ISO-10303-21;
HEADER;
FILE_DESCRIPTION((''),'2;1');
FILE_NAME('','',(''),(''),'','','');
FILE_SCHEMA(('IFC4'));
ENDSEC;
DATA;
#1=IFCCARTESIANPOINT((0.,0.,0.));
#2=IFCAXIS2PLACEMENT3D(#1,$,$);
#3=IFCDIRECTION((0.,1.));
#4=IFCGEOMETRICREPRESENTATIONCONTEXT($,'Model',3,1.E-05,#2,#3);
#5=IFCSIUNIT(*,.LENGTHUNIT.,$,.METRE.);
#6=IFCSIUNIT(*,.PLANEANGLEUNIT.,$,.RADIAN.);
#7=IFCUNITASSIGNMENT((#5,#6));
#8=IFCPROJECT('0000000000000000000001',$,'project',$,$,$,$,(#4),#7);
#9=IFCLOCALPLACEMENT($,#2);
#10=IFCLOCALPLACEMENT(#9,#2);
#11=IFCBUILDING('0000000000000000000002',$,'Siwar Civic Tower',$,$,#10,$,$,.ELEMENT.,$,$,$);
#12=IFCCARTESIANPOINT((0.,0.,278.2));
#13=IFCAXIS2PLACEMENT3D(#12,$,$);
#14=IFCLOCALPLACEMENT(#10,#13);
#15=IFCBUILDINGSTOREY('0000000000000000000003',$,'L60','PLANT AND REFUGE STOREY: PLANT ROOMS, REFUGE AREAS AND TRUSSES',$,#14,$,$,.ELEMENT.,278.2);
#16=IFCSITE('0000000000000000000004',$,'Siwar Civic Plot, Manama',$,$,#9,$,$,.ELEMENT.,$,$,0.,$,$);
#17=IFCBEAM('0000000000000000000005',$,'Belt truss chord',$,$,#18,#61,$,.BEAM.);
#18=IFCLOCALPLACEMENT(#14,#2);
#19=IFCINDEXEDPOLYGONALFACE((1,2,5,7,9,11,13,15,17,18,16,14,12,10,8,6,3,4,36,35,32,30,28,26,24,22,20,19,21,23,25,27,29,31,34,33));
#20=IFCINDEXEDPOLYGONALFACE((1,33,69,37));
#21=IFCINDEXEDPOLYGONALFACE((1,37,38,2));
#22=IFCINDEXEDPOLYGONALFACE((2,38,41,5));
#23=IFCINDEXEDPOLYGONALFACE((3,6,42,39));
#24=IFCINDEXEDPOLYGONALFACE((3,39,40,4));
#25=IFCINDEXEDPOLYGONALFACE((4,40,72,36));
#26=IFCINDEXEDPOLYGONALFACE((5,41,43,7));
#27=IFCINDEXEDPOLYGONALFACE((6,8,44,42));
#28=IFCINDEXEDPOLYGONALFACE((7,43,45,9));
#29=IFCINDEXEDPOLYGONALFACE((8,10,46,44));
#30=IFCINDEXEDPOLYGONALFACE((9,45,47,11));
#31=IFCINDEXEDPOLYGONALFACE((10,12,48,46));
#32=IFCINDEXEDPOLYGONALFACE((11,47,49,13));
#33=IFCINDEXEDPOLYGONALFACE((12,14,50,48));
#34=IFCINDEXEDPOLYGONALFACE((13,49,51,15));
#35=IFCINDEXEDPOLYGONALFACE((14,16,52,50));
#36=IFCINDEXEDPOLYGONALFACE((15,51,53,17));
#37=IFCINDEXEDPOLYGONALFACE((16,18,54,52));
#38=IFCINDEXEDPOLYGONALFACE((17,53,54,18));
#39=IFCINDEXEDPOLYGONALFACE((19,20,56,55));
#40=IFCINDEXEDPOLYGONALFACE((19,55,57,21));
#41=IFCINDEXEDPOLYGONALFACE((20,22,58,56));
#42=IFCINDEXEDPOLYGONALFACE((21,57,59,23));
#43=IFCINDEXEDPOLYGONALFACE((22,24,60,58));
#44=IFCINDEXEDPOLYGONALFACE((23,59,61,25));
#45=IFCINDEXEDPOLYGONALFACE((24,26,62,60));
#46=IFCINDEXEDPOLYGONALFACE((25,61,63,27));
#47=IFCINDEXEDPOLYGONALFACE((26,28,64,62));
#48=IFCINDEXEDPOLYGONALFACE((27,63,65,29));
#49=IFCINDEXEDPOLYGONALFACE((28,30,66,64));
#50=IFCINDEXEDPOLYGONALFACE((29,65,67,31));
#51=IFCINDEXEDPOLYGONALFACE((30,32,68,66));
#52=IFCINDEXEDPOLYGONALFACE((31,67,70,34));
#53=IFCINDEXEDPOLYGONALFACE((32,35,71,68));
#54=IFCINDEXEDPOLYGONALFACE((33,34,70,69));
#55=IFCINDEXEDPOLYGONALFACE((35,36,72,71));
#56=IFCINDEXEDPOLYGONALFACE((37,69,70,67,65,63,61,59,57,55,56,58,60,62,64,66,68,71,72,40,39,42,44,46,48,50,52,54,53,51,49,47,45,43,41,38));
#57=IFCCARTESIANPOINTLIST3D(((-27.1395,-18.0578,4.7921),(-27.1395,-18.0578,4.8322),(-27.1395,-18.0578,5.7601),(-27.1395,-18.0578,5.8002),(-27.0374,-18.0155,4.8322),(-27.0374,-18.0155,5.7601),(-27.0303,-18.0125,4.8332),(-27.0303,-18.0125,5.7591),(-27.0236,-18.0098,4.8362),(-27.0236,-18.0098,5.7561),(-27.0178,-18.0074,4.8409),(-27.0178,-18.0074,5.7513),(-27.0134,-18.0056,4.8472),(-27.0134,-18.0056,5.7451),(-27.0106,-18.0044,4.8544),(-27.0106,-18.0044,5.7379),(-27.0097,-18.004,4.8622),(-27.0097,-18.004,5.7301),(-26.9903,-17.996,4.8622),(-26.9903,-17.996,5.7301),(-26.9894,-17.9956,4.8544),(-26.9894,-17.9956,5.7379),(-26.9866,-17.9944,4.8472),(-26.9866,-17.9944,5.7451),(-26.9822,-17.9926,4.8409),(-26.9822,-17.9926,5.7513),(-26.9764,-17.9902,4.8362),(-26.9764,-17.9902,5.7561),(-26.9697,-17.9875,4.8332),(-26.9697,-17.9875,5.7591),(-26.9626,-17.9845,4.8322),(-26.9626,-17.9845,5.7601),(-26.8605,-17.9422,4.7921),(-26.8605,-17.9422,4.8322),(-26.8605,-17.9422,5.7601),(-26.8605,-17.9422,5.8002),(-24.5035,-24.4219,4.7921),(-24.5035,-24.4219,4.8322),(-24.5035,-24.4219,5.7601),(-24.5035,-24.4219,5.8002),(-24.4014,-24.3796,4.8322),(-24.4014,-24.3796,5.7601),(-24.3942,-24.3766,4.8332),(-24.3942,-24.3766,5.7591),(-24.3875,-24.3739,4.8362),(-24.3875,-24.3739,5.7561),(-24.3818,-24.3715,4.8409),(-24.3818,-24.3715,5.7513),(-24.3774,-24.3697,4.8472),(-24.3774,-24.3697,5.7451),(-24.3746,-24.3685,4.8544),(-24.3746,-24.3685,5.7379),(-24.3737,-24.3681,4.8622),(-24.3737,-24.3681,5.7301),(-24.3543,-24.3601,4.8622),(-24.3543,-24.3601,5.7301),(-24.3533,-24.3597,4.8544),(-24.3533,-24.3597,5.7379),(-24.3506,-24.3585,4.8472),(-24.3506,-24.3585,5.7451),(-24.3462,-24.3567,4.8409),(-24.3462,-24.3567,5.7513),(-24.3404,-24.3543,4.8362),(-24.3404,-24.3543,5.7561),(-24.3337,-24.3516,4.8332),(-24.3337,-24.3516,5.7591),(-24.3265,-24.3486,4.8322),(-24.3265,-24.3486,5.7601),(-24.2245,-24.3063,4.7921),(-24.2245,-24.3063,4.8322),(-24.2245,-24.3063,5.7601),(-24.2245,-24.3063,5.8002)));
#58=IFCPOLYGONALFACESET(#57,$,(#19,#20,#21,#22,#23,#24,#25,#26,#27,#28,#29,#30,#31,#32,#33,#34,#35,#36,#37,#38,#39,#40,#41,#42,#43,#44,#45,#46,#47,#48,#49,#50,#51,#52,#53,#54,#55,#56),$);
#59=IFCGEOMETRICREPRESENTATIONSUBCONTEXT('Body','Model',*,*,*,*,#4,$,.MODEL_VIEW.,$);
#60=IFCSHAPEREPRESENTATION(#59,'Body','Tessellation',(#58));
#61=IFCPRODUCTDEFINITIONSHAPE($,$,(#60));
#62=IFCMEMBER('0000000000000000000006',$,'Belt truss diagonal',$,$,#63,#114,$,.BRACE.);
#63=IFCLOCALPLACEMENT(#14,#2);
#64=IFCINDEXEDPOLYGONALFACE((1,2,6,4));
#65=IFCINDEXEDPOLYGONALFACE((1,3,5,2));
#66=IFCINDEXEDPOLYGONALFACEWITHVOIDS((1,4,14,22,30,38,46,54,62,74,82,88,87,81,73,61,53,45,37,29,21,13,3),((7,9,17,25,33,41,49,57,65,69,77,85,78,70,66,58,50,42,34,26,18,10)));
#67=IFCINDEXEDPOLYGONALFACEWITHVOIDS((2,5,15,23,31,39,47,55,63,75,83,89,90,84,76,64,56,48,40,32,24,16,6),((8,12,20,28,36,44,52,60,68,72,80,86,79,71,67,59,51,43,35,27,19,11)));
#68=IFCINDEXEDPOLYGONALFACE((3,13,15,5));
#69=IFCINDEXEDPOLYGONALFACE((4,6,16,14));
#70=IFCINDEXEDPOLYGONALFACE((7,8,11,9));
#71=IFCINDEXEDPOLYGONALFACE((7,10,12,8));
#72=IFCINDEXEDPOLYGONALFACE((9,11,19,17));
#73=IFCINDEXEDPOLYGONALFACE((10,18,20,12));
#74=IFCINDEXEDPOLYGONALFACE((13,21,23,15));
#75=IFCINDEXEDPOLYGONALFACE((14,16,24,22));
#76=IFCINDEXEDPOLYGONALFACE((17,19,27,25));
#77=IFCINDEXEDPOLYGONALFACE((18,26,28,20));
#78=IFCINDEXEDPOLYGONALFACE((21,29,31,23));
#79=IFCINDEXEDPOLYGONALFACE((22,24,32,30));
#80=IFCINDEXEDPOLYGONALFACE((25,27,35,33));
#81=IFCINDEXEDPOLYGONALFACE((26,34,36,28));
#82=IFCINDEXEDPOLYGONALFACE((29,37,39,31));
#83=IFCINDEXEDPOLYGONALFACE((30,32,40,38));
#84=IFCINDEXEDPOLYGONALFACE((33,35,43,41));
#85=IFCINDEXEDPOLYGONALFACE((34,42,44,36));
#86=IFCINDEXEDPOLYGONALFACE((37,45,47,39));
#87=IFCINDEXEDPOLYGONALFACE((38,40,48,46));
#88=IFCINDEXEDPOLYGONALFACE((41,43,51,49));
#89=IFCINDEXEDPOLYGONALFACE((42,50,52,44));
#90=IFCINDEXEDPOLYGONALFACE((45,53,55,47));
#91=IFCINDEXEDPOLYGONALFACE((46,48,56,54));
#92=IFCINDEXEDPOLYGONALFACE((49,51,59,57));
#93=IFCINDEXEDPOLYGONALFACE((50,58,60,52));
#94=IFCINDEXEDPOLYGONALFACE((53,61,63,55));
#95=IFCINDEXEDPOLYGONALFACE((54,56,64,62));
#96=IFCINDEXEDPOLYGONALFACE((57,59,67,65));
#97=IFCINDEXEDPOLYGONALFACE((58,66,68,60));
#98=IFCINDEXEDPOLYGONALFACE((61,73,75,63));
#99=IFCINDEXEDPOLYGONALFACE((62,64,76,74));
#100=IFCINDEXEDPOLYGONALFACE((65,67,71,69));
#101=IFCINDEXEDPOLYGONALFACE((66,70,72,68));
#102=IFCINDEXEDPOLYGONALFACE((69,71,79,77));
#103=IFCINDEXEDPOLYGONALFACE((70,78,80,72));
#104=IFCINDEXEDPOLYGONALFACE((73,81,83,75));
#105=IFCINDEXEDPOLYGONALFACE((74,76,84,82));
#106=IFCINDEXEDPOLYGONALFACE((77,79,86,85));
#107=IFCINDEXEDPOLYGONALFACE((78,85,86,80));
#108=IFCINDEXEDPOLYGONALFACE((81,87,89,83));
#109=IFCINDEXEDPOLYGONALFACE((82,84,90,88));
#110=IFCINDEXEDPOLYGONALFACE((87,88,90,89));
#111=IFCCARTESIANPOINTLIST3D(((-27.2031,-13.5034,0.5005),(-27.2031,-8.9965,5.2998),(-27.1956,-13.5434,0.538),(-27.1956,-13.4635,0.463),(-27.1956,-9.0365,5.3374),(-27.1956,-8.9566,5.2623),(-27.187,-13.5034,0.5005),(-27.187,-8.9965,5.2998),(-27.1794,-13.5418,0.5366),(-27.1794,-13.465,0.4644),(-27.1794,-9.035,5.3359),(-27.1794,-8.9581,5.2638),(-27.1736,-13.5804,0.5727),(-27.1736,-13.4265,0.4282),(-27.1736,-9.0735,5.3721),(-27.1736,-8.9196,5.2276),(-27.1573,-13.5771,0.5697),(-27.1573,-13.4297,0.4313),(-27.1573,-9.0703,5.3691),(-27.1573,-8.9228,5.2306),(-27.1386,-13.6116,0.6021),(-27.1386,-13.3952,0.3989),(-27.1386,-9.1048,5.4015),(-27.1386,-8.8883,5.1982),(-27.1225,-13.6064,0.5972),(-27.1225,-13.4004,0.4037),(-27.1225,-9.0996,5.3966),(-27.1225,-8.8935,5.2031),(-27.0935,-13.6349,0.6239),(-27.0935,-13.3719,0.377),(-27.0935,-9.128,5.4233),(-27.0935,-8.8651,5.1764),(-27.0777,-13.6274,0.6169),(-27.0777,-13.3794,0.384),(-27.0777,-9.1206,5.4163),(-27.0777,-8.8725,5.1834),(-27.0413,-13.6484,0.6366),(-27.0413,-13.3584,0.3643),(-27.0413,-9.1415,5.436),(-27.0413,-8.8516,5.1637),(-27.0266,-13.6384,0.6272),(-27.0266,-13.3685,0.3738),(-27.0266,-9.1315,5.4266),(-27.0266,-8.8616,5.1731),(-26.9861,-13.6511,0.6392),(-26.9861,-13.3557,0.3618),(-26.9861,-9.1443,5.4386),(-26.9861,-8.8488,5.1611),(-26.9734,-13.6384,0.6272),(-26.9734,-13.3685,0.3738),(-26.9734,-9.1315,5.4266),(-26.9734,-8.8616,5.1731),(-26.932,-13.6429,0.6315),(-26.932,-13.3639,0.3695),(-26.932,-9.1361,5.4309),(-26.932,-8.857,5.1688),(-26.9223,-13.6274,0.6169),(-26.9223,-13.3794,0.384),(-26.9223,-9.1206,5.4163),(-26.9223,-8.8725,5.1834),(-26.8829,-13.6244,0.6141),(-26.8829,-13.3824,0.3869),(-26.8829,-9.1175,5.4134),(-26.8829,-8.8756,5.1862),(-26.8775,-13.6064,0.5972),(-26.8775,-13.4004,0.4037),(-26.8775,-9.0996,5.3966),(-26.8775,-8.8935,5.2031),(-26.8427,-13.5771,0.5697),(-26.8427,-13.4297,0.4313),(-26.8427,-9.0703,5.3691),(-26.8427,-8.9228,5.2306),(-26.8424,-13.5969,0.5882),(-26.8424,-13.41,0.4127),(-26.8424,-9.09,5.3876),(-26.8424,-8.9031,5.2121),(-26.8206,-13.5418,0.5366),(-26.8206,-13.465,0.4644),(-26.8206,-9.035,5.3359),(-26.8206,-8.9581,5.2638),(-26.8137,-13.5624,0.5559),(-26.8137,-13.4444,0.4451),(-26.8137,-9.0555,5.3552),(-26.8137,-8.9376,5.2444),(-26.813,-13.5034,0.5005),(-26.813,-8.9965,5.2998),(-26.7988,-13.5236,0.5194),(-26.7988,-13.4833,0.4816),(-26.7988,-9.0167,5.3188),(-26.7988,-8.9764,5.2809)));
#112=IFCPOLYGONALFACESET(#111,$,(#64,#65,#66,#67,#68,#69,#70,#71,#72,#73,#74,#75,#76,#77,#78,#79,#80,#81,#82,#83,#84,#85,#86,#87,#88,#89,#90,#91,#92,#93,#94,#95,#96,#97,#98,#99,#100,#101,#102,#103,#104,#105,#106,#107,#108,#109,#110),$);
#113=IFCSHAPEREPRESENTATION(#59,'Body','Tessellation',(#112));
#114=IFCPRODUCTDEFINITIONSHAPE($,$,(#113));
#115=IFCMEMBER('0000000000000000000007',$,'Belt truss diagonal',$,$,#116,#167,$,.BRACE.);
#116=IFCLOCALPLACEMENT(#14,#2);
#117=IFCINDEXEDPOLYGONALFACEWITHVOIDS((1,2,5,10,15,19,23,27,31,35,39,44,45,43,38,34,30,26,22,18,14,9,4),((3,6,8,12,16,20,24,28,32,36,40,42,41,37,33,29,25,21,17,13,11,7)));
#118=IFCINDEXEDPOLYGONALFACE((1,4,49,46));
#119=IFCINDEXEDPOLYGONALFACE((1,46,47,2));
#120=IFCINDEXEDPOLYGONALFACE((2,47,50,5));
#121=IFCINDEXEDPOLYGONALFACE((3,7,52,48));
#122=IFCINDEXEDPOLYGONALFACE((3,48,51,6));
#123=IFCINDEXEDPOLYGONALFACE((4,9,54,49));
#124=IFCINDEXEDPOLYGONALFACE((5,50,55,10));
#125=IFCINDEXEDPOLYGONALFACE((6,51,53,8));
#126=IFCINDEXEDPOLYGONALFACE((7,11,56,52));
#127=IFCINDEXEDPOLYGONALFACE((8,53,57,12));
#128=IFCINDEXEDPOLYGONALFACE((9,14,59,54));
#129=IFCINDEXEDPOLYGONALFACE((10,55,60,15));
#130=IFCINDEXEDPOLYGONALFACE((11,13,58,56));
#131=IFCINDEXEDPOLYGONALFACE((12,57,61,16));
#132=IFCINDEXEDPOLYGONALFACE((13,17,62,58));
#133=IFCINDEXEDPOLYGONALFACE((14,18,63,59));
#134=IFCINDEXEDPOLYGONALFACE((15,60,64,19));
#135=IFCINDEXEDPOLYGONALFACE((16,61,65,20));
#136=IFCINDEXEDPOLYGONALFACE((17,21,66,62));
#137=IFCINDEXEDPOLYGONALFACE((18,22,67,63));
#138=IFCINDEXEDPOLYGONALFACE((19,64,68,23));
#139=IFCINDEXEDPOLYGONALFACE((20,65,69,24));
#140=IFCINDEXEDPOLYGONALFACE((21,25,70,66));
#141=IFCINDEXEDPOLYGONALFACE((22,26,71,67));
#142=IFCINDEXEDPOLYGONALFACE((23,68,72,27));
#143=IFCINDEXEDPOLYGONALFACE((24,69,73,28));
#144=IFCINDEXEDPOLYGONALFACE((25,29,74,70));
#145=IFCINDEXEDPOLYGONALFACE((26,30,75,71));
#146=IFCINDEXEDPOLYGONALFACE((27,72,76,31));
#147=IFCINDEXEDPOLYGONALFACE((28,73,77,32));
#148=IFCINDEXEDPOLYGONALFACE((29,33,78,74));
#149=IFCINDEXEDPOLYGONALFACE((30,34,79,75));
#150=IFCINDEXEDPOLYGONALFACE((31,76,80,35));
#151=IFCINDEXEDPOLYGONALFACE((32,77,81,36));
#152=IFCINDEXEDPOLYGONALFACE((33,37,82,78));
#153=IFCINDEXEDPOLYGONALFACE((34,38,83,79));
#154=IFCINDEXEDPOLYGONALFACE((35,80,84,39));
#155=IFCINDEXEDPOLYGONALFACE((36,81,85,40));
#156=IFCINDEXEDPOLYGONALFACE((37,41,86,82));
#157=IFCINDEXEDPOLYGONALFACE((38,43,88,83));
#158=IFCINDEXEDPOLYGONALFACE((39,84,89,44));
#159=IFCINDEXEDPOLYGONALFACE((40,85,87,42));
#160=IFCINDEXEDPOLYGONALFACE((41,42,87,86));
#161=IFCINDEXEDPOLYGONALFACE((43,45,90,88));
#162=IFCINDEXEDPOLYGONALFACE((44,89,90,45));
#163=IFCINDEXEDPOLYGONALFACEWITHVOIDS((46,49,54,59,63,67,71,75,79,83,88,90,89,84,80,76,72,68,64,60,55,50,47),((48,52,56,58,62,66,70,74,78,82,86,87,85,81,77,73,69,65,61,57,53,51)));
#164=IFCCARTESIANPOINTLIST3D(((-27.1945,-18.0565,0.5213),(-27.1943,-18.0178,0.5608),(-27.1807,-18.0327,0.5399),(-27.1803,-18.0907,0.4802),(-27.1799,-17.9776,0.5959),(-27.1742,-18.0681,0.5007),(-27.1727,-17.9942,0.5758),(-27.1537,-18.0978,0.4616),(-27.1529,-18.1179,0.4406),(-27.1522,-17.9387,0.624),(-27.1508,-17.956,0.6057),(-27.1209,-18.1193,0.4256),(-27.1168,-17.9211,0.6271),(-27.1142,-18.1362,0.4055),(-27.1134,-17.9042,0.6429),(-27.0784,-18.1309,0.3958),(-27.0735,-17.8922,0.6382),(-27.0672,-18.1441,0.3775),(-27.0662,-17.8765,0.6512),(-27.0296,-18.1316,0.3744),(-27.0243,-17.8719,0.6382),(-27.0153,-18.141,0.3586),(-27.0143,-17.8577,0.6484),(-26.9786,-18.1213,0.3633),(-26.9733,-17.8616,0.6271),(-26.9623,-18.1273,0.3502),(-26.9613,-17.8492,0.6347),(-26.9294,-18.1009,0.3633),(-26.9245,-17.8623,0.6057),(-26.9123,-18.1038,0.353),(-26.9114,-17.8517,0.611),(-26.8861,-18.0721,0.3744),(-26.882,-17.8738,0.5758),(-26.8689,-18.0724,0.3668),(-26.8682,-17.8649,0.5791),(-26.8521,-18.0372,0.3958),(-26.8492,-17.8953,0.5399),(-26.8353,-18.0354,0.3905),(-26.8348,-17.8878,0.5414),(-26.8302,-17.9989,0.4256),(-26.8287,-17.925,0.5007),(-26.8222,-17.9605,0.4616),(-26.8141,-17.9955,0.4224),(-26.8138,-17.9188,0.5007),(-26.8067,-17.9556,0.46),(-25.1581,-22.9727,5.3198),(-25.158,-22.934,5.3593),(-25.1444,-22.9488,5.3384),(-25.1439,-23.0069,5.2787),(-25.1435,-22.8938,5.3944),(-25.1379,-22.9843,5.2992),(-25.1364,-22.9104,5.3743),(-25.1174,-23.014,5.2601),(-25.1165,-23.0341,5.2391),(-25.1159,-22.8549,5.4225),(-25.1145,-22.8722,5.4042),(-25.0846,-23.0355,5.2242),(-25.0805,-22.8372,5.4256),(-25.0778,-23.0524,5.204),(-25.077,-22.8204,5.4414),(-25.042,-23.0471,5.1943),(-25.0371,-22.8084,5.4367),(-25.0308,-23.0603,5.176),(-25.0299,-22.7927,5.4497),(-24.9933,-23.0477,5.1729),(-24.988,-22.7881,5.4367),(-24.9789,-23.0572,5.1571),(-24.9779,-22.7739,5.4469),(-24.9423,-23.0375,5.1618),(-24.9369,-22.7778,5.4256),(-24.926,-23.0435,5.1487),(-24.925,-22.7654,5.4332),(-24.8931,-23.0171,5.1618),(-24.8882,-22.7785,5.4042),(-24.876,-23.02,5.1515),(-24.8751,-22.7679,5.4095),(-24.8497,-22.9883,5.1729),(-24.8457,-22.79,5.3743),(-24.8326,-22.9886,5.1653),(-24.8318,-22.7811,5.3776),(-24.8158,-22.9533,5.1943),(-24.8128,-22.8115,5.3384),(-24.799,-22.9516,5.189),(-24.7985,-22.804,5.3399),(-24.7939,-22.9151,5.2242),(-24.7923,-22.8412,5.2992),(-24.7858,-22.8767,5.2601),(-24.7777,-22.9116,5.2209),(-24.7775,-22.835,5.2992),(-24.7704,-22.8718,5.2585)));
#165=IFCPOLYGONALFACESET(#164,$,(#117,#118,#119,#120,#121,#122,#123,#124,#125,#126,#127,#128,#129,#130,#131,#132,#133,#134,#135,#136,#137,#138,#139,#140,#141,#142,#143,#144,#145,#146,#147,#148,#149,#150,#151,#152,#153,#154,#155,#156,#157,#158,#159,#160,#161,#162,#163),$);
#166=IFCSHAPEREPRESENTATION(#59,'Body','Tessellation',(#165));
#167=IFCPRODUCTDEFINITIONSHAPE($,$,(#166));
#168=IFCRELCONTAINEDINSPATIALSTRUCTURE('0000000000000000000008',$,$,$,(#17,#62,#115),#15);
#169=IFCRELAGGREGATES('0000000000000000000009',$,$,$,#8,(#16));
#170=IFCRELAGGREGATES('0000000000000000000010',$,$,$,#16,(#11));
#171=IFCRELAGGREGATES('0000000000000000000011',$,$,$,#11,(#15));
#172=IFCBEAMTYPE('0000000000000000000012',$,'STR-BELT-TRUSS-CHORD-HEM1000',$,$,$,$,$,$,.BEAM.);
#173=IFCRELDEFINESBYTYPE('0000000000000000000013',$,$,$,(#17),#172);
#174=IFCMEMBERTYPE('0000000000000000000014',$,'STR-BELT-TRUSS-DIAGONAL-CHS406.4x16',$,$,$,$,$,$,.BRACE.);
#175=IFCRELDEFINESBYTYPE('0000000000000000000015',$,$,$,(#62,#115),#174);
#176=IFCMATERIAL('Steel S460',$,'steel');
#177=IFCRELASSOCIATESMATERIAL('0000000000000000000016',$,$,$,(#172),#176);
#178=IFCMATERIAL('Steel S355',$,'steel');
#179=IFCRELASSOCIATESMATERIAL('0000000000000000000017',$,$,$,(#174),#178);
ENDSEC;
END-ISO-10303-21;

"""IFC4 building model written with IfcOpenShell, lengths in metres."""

from ifc_helpers import new_model, si_unit, direction, frame, origin, origin_2d, place, context, subcontext, project, spatial, hollow_circle, i_section, extrude, material, material_profile, profile_set, type_object, element, save


model = new_model("IFC4")

# Units and contexts
model_context = context("Model", 3, precision=1e-05, world=origin(), true_north=direction((0.0, 1.0)))
body_context = subcontext(model_context, "Body", "Model", "MODEL_VIEW")
ifc_project = project(units=[si_unit("LENGTHUNIT", "METRE"), si_unit("PLANEANGLEUNIT", "RADIAN")], contexts=[model_context])

# Site, building, storey
site_placement = place(None, origin())
site = spatial("IfcSite", under=ifc_project, at=site_placement, Name="Siwar Civic Plot, Manama", CompositionType="ELEMENT", RefElevation=0.0)
building_placement = place(site_placement, origin())
building = spatial("IfcBuilding", under=site, at=building_placement, Name="Siwar Civic Tower", CompositionType="ELEMENT")
storey_placement = place(building_placement, frame((0.0, 0.0, 278.2)))
storey = spatial("IfcBuildingStorey", under=building, at=storey_placement, Name="L60", Description="PLANT AND REFUGE STOREY: PLANT ROOMS, REFUGE AREAS AND TRUSSES", CompositionType="ELEMENT", Elevation=278.2)

# Beam
ifc_material_1 = material(Name="Steel S460", Category="steel")
ifc_material_profile_1 = material_profile(ifc_material_1, i_section(OverallWidth=0.302, OverallDepth=1.0081, WebThickness=0.021, FlangeThickness=0.04, FilletRadius=0.03, at=origin_2d()), Name="HEM1000")
ifc_profile_set_1 = profile_set([ifc_material_profile_1], Name="Steel S460")
beam_type_1 = type_object("IfcBeamType", Name="STR-BELT-TRUSS-CHORD-HEM1000", PredefinedType="BEAM", material=ifc_profile_set_1)
for number, where, z_axis, x_axis, name in (
    (1, (-27.0, -18.0, 5.2961), (0.382674, -0.923883, 0.0), (0.923883, 0.382674, 0.0), "Belt truss chord"),
):
    element("IfcBeam", number, at=place(storey_placement, frame(where, z_axis=z_axis, x_axis=x_axis)), inside=storey, type_object=beam_type_1, Name=name, PredefinedType="BEAM", context=body_context, shape_type="SweptSolid", body=[
        extrude(i_section(OverallWidth=0.302, OverallDepth=1.0081, WebThickness=0.021, FlangeThickness=0.04, FilletRadius=0.03, at=origin_2d()), origin(), (0.0, 0.0, 1.0), 6.8884),
    ])

# Members
ifc_material_2 = material(Name="Steel S355", Category="steel")
ifc_material_profile_2 = material_profile(ifc_material_2, hollow_circle(Radius=0.2031, WallThickness=0.0161, at=origin_2d()), Name="CHS406.4x16")
ifc_profile_set_2 = profile_set([ifc_material_profile_2], Name="Steel S355")
member_type_1 = type_object("IfcMemberType", Name="STR-BELT-TRUSS-DIAGONAL-CHS406.4x16", PredefinedType="BRACE", material=ifc_profile_set_2)
member_1_placement = place(storey_placement, frame((-27.0, -13.5034, 0.5005), z_axis=(0.0, 0.684545, 0.72897), x_axis=(-1.0, 0.0, 0.0)))
element("IfcMember", 2, at=member_1_placement, inside=storey, type_object=member_type_1, Name="Belt truss diagonal", PredefinedType="BRACE", context=body_context, shape_type="SweptSolid", body=[
    extrude(hollow_circle(Radius=0.2031, WallThickness=0.0161, at=origin_2d()), origin(), (0.0, 0.0, 1.0), 6.5837),
])
member_2_placement = place(storey_placement, frame((-27.0015, -17.9966, 0.5007), z_axis=(0.284196, -0.686112, 0.669689), x_axis=(0.92388, 0.382683, 0.0)))
element("IfcMember", 3, at=member_2_placement, inside=storey, type_object=member_type_1, Name="Belt truss diagonal", PredefinedType="BRACE", context=body_context, shape_type="SweptSolid", body=[
    extrude(hollow_circle(Radius=0.2031, WallThickness=0.0161, at=origin_2d()), origin(), (0.0, 0.0, 1.0), 7.1653),
])

save(model, "model.ifc")
